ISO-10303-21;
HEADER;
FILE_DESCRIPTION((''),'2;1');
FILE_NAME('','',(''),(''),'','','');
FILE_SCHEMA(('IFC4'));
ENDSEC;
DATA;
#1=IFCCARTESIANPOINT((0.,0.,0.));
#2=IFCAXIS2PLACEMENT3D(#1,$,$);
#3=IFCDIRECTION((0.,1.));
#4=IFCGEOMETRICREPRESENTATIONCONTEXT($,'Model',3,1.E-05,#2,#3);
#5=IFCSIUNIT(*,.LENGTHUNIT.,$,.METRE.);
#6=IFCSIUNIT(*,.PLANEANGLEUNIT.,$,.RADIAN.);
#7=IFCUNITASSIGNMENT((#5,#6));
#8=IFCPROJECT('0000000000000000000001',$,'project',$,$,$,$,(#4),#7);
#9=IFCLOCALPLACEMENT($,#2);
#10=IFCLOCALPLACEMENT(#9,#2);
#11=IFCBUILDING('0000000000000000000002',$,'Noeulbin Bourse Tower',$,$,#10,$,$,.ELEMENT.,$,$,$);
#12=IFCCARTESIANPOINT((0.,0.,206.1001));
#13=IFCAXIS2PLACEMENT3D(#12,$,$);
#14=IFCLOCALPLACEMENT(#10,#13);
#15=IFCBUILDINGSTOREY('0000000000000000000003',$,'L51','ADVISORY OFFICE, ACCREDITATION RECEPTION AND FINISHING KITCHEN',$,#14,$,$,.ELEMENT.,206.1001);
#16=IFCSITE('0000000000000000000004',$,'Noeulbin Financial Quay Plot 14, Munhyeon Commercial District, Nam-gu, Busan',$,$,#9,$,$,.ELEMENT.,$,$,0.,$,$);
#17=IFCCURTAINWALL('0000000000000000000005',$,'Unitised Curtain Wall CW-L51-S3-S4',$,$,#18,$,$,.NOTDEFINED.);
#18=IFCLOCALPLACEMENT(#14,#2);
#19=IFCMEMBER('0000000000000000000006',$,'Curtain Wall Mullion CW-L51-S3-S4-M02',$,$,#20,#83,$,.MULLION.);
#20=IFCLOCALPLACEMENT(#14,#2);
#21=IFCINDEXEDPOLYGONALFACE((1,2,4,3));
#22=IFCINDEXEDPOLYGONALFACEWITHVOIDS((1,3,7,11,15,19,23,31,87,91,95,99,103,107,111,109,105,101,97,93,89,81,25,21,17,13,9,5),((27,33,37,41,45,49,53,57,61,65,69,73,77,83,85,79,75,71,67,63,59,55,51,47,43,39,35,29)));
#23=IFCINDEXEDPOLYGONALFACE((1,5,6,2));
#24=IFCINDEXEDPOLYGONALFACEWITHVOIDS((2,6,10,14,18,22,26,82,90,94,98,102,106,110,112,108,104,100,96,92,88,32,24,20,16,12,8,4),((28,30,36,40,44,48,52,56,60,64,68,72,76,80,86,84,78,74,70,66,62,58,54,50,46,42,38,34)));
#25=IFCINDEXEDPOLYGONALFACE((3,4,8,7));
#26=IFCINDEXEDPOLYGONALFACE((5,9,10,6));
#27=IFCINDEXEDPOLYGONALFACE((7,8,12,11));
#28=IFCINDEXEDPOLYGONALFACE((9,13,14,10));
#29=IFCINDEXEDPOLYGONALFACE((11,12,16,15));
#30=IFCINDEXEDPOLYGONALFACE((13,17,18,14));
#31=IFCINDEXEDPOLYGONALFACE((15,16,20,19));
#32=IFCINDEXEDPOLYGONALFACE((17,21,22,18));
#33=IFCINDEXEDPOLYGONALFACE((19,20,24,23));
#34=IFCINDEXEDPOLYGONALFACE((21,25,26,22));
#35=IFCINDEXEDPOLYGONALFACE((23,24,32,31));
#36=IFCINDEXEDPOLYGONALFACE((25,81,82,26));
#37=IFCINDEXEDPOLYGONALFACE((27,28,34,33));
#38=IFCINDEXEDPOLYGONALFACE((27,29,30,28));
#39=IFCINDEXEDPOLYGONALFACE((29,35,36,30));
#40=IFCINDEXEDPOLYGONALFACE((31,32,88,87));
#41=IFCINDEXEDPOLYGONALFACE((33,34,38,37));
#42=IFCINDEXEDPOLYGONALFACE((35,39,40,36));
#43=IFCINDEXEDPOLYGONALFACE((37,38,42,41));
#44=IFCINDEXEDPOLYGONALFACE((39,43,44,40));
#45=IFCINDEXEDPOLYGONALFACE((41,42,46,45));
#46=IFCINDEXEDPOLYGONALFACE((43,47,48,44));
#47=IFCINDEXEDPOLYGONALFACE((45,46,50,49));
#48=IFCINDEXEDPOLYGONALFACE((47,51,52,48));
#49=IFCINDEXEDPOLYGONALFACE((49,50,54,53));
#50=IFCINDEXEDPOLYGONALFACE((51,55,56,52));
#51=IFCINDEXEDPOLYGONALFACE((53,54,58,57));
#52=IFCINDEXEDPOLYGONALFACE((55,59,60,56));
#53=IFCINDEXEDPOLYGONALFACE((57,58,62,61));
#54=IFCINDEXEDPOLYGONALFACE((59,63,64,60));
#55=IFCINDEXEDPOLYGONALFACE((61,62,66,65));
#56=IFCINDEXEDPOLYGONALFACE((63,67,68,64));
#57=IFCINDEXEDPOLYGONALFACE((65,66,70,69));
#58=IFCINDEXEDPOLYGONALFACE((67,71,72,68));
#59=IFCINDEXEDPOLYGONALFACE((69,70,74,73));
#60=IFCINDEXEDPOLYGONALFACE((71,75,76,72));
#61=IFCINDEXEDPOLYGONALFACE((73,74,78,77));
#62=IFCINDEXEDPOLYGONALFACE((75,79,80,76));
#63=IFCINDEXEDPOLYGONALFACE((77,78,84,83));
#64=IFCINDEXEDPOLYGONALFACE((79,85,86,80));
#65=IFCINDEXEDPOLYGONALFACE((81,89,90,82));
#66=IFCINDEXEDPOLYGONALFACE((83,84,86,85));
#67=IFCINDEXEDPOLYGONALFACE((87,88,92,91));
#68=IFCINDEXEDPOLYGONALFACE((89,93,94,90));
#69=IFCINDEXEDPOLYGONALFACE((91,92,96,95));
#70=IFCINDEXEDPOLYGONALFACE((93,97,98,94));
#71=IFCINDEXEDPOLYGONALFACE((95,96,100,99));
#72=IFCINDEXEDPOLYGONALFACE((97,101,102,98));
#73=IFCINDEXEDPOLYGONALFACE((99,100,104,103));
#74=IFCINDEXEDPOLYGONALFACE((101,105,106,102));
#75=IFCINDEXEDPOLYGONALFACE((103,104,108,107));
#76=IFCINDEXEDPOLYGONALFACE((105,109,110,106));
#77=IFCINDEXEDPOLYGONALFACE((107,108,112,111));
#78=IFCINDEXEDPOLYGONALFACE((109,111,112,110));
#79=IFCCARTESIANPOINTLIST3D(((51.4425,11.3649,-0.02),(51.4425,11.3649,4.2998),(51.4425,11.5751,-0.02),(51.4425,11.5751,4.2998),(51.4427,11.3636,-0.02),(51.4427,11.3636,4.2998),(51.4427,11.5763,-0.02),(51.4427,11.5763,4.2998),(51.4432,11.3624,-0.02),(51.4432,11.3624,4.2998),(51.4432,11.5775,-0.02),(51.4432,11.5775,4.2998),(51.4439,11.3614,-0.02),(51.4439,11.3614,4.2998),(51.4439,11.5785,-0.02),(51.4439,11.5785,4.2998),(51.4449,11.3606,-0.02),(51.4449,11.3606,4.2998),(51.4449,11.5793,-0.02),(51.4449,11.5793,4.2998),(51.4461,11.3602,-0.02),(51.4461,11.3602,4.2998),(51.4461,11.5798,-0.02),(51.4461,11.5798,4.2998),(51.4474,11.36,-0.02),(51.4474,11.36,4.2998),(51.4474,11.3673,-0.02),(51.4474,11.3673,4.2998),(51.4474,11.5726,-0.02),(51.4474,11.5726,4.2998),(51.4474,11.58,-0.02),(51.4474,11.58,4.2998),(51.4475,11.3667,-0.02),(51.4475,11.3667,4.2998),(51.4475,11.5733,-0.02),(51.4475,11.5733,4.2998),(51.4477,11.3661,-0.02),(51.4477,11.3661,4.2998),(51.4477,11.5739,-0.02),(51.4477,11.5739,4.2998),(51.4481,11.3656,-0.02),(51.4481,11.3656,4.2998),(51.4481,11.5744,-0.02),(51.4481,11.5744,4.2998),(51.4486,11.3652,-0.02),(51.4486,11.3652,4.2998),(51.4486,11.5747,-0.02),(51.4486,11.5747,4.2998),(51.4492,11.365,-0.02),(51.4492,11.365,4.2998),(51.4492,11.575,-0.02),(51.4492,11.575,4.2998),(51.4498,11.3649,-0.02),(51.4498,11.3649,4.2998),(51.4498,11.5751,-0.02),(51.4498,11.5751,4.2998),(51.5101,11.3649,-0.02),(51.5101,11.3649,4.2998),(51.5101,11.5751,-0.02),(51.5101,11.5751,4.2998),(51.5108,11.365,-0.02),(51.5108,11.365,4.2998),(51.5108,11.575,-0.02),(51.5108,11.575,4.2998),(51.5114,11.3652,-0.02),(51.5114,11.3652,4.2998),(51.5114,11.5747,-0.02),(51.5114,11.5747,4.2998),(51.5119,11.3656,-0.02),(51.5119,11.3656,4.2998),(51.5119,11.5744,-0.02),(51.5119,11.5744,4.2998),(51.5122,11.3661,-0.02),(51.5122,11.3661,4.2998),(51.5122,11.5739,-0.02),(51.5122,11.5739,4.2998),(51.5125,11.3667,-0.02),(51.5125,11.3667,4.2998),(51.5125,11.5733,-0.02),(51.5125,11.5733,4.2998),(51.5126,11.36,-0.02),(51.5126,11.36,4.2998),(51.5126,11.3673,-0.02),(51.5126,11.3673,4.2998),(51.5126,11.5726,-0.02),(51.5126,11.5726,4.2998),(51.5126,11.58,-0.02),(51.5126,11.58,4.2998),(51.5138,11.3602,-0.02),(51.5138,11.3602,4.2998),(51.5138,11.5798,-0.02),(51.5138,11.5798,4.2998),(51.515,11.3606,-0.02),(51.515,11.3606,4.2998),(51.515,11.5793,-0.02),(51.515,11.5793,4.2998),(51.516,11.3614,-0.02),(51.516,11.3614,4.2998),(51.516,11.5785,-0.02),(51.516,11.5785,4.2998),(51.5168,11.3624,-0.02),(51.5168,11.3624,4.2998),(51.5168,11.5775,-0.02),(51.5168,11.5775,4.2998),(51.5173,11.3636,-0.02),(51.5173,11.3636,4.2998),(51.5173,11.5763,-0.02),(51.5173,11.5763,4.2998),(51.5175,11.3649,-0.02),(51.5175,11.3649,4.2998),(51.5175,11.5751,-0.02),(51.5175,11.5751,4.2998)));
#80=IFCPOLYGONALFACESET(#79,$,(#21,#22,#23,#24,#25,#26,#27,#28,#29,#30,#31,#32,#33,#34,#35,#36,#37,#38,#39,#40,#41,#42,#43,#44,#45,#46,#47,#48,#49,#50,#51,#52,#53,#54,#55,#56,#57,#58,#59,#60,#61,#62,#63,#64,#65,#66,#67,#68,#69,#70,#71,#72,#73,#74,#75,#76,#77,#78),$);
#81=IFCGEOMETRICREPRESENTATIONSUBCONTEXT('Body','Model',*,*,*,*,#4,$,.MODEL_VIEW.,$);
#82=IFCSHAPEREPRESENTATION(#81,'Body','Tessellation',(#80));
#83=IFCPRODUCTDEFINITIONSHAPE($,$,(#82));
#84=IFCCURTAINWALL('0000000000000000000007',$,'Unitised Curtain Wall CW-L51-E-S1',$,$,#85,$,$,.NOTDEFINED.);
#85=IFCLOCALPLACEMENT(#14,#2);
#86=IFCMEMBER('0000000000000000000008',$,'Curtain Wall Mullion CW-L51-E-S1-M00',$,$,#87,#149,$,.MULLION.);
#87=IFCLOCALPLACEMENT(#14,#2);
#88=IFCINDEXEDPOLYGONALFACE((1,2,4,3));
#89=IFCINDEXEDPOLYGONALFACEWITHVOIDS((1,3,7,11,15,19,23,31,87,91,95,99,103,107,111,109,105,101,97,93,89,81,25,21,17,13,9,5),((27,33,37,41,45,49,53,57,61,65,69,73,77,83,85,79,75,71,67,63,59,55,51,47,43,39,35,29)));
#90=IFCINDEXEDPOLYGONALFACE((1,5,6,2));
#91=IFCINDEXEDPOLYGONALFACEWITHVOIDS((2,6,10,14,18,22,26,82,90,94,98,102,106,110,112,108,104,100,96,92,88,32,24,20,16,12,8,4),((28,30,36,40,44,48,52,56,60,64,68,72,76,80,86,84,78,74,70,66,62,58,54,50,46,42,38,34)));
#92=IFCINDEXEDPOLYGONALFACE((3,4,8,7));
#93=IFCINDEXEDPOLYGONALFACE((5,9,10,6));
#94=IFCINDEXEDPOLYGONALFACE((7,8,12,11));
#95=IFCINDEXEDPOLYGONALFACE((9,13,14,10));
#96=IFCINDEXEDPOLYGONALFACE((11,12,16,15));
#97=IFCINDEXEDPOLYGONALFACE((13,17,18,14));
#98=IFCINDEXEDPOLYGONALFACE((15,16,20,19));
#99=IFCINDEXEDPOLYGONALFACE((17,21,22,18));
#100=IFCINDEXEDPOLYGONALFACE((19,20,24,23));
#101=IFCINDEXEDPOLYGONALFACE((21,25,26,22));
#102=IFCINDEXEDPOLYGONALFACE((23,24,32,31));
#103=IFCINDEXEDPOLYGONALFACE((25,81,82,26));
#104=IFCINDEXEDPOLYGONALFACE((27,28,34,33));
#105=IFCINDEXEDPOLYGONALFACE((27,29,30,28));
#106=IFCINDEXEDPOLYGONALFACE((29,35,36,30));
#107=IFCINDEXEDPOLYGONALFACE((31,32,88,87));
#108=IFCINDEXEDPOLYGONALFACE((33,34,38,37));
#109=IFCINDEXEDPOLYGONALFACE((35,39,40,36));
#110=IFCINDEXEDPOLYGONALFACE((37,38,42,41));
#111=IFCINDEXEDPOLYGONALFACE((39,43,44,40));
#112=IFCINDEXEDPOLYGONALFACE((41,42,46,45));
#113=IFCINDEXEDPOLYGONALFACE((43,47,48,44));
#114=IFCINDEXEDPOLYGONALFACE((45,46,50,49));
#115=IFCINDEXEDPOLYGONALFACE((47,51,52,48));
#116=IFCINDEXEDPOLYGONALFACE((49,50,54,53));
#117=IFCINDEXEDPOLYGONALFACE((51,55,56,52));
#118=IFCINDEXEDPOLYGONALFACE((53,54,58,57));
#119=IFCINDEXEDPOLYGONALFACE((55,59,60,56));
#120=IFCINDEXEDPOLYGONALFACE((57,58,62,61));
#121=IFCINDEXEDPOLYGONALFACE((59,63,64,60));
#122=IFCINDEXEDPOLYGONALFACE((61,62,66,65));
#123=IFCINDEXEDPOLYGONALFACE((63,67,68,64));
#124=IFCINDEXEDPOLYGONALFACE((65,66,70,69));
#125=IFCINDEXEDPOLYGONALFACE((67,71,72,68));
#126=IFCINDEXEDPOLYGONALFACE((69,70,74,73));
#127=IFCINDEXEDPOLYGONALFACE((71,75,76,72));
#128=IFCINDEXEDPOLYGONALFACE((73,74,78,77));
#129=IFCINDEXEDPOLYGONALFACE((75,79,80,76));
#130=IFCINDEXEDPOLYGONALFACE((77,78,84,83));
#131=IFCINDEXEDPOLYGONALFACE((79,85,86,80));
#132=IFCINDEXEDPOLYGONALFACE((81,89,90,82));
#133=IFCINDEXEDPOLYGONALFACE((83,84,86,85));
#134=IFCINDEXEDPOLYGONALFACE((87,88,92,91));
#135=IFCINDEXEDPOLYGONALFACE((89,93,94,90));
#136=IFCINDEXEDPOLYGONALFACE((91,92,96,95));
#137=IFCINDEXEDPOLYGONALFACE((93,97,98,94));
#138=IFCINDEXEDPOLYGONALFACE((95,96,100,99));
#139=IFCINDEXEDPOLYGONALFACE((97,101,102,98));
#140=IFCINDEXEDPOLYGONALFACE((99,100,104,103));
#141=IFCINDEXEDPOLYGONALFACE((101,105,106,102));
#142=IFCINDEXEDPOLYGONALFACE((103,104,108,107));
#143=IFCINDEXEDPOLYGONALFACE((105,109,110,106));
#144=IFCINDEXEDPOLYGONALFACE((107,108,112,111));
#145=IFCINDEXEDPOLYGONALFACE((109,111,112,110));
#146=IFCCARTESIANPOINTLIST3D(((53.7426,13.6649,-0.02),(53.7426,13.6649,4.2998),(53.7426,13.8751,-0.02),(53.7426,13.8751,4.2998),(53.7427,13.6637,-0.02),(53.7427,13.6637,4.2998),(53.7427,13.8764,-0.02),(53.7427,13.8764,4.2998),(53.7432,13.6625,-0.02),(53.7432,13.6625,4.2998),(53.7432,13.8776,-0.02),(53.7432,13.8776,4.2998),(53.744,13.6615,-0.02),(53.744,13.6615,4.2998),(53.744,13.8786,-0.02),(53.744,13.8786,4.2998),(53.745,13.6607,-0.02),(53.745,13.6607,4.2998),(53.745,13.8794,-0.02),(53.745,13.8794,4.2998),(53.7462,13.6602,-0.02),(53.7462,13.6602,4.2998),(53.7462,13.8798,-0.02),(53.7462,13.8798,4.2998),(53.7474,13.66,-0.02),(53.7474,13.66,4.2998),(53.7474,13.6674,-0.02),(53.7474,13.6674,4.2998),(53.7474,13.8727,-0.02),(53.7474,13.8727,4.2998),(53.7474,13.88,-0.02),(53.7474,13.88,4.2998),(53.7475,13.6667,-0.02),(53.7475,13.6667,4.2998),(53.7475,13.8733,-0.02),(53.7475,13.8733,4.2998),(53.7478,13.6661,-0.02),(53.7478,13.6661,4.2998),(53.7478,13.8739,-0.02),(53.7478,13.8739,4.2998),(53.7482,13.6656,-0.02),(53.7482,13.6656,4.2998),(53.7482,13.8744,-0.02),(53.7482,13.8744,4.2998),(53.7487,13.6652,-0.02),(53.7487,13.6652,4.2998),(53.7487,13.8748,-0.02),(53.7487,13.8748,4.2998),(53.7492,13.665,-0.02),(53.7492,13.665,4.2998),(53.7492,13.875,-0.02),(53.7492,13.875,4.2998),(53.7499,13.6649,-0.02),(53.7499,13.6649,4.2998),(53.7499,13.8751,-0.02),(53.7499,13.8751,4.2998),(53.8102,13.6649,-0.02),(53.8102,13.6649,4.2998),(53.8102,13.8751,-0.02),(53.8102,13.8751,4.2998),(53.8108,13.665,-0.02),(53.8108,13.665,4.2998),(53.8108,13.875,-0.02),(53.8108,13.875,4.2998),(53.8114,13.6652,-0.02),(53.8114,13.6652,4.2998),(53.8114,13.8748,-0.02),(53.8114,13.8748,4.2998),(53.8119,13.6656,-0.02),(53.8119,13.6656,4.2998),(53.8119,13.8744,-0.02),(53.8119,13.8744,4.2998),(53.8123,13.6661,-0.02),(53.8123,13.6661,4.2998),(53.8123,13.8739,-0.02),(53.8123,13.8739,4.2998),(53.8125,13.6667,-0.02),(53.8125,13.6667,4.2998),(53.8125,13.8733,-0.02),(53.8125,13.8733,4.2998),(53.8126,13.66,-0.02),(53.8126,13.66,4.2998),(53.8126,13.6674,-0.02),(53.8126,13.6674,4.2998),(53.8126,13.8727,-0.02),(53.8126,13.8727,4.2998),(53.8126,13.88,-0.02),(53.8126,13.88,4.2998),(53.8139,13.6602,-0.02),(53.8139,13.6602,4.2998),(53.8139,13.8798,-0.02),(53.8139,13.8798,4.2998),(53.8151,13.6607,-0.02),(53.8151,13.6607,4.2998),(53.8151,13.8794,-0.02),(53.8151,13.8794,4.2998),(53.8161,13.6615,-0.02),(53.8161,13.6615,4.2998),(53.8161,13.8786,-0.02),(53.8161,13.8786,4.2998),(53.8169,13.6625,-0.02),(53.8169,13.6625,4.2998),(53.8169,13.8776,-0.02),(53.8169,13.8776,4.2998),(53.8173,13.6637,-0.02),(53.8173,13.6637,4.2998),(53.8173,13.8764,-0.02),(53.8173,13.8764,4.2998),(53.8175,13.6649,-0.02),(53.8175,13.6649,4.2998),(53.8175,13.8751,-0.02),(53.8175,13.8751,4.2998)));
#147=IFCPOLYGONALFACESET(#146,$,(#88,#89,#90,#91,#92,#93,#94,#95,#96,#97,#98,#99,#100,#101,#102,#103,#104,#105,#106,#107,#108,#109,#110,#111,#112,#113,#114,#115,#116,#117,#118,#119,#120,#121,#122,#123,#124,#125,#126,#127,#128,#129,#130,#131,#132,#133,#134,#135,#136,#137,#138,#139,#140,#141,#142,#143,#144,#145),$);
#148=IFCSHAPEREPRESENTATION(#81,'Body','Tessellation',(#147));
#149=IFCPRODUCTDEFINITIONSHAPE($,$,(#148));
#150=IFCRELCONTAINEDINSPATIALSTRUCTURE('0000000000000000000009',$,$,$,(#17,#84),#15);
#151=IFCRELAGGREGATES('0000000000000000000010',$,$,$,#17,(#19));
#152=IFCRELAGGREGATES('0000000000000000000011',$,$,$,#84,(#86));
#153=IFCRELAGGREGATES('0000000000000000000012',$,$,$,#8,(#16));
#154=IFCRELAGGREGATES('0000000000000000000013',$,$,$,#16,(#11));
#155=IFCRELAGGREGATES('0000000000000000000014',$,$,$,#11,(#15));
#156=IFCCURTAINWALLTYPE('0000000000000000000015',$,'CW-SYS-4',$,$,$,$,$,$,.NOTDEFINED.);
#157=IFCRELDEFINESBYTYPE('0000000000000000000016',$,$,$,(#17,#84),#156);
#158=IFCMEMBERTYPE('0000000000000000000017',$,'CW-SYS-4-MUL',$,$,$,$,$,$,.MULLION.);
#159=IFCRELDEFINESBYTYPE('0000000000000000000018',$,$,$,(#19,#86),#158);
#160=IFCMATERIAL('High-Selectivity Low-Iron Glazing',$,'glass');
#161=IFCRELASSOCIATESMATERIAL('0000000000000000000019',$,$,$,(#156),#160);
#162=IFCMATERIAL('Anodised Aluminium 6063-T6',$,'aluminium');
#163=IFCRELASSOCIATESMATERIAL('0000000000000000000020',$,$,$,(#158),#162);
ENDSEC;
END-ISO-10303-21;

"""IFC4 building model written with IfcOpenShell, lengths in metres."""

from ifc_helpers import new_model, si_unit, direction, frame, origin, origin_2d, place, context, subcontext, project, spatial, hollow_rectangle, extrude, material, material_profile, profile_set, type_object, element, aggregate, save


model = new_model("IFC4")

# Units and contexts
model_context = context("Model", 3, precision=1e-05, world=origin(), true_north=direction((0.0, 1.0)))
body_context = subcontext(model_context, "Body", "Model", "MODEL_VIEW")
ifc_project = project(units=[si_unit("LENGTHUNIT", "METRE"), si_unit("PLANEANGLEUNIT", "RADIAN")], contexts=[model_context])

# Site, building, storey
site_placement = place(None, origin())
site = spatial("IfcSite", under=ifc_project, at=site_placement, Name="Noeulbin Financial Quay Plot 14, Munhyeon Commercial District, Nam-gu, Busan", CompositionType="ELEMENT", RefElevation=0.0)
building_placement = place(site_placement, origin())
building = spatial("IfcBuilding", under=site, at=building_placement, Name="Noeulbin Bourse Tower", CompositionType="ELEMENT")
storey_placement = place(building_placement, frame((0.0, 0.0, 206.1001)))
storey = spatial("IfcBuildingStorey", under=building, at=storey_placement, Name="L51", Description="ADVISORY OFFICE, ACCREDITATION RECEPTION AND FINISHING KITCHEN", CompositionType="ELEMENT", Elevation=206.1001)

# Curtain walls, members
ifc_material_1 = material(Name="High-Selectivity Low-Iron Glazing", Category="glass")
curtain_wall_type = type_object("IfcCurtainWallType", Name="CW-SYS-4", PredefinedType="NOTDEFINED", material=ifc_material_1)
curtain_wall_1_placement = place(storey_placement, origin())
curtain_wall_1 = element("IfcCurtainWall", 1, at=curtain_wall_1_placement, inside=storey, type_object=curtain_wall_type, Name="Unitised Curtain Wall CW-L51-S3-S4", PredefinedType="NOTDEFINED")
ifc_material_2 = material(Name="Anodised Aluminium 6063-T6", Category="aluminium")
ifc_material_profile_1 = material_profile(ifc_material_2, hollow_rectangle(XDim=0.075, YDim=0.22, WallThickness=0.0049, InnerFilletRadius=0.0024, OuterFilletRadius=0.0049, at=origin_2d()), Name="ALU-MULL-75x220x5", Category="LoadBearing")
ifc_profile_set_1 = profile_set([ifc_material_profile_1], Name="Anodised Aluminium 6063-T6")
member_type_1 = type_object("IfcMemberType", Name="CW-SYS-4-MUL", PredefinedType="MULLION", material=ifc_profile_set_1)
member_1_placement = place(storey_placement, frame((51.48, 11.47, -0.02), z_axis=(0.0, 0.0, 1.0), x_axis=(1.0, 0.0, 0.0)))
member_1 = element("IfcMember", 2, at=member_1_placement, type_object=member_type_1, Name="Curtain Wall Mullion CW-L51-S3-S4-M02", PredefinedType="MULLION", context=body_context, shape_type="SweptSolid", body=[
    extrude(hollow_rectangle(XDim=0.075, YDim=0.22, WallThickness=0.0049, InnerFilletRadius=0.0024, OuterFilletRadius=0.0049, at=origin_2d()), origin(), (0.0, 0.0, 1.0), 4.3198),
])
curtain_wall_2_placement = place(storey_placement, origin())
curtain_wall_2 = element("IfcCurtainWall", 3, at=curtain_wall_2_placement, inside=storey, type_object=curtain_wall_type, Name="Unitised Curtain Wall CW-L51-E-S1", PredefinedType="NOTDEFINED")
member_2_placement = place(storey_placement, frame((53.78, 13.77, -0.02), z_axis=(0.0, 0.0, 1.0), x_axis=(1.0, 0.0, 0.0)))
member_2 = element("IfcMember", 4, at=member_2_placement, type_object=member_type_1, Name="Curtain Wall Mullion CW-L51-E-S1-M00", PredefinedType="MULLION", context=body_context, shape_type="SweptSolid", body=[
    extrude(hollow_rectangle(XDim=0.075, YDim=0.22, WallThickness=0.0049, InnerFilletRadius=0.0024, OuterFilletRadius=0.0049, at=origin_2d()), origin(), (0.0, 0.0, 1.0), 4.3198),
])

aggregate(curtain_wall_1, [member_1])
aggregate(curtain_wall_2, [member_2])

save(model, "model.ifc")
